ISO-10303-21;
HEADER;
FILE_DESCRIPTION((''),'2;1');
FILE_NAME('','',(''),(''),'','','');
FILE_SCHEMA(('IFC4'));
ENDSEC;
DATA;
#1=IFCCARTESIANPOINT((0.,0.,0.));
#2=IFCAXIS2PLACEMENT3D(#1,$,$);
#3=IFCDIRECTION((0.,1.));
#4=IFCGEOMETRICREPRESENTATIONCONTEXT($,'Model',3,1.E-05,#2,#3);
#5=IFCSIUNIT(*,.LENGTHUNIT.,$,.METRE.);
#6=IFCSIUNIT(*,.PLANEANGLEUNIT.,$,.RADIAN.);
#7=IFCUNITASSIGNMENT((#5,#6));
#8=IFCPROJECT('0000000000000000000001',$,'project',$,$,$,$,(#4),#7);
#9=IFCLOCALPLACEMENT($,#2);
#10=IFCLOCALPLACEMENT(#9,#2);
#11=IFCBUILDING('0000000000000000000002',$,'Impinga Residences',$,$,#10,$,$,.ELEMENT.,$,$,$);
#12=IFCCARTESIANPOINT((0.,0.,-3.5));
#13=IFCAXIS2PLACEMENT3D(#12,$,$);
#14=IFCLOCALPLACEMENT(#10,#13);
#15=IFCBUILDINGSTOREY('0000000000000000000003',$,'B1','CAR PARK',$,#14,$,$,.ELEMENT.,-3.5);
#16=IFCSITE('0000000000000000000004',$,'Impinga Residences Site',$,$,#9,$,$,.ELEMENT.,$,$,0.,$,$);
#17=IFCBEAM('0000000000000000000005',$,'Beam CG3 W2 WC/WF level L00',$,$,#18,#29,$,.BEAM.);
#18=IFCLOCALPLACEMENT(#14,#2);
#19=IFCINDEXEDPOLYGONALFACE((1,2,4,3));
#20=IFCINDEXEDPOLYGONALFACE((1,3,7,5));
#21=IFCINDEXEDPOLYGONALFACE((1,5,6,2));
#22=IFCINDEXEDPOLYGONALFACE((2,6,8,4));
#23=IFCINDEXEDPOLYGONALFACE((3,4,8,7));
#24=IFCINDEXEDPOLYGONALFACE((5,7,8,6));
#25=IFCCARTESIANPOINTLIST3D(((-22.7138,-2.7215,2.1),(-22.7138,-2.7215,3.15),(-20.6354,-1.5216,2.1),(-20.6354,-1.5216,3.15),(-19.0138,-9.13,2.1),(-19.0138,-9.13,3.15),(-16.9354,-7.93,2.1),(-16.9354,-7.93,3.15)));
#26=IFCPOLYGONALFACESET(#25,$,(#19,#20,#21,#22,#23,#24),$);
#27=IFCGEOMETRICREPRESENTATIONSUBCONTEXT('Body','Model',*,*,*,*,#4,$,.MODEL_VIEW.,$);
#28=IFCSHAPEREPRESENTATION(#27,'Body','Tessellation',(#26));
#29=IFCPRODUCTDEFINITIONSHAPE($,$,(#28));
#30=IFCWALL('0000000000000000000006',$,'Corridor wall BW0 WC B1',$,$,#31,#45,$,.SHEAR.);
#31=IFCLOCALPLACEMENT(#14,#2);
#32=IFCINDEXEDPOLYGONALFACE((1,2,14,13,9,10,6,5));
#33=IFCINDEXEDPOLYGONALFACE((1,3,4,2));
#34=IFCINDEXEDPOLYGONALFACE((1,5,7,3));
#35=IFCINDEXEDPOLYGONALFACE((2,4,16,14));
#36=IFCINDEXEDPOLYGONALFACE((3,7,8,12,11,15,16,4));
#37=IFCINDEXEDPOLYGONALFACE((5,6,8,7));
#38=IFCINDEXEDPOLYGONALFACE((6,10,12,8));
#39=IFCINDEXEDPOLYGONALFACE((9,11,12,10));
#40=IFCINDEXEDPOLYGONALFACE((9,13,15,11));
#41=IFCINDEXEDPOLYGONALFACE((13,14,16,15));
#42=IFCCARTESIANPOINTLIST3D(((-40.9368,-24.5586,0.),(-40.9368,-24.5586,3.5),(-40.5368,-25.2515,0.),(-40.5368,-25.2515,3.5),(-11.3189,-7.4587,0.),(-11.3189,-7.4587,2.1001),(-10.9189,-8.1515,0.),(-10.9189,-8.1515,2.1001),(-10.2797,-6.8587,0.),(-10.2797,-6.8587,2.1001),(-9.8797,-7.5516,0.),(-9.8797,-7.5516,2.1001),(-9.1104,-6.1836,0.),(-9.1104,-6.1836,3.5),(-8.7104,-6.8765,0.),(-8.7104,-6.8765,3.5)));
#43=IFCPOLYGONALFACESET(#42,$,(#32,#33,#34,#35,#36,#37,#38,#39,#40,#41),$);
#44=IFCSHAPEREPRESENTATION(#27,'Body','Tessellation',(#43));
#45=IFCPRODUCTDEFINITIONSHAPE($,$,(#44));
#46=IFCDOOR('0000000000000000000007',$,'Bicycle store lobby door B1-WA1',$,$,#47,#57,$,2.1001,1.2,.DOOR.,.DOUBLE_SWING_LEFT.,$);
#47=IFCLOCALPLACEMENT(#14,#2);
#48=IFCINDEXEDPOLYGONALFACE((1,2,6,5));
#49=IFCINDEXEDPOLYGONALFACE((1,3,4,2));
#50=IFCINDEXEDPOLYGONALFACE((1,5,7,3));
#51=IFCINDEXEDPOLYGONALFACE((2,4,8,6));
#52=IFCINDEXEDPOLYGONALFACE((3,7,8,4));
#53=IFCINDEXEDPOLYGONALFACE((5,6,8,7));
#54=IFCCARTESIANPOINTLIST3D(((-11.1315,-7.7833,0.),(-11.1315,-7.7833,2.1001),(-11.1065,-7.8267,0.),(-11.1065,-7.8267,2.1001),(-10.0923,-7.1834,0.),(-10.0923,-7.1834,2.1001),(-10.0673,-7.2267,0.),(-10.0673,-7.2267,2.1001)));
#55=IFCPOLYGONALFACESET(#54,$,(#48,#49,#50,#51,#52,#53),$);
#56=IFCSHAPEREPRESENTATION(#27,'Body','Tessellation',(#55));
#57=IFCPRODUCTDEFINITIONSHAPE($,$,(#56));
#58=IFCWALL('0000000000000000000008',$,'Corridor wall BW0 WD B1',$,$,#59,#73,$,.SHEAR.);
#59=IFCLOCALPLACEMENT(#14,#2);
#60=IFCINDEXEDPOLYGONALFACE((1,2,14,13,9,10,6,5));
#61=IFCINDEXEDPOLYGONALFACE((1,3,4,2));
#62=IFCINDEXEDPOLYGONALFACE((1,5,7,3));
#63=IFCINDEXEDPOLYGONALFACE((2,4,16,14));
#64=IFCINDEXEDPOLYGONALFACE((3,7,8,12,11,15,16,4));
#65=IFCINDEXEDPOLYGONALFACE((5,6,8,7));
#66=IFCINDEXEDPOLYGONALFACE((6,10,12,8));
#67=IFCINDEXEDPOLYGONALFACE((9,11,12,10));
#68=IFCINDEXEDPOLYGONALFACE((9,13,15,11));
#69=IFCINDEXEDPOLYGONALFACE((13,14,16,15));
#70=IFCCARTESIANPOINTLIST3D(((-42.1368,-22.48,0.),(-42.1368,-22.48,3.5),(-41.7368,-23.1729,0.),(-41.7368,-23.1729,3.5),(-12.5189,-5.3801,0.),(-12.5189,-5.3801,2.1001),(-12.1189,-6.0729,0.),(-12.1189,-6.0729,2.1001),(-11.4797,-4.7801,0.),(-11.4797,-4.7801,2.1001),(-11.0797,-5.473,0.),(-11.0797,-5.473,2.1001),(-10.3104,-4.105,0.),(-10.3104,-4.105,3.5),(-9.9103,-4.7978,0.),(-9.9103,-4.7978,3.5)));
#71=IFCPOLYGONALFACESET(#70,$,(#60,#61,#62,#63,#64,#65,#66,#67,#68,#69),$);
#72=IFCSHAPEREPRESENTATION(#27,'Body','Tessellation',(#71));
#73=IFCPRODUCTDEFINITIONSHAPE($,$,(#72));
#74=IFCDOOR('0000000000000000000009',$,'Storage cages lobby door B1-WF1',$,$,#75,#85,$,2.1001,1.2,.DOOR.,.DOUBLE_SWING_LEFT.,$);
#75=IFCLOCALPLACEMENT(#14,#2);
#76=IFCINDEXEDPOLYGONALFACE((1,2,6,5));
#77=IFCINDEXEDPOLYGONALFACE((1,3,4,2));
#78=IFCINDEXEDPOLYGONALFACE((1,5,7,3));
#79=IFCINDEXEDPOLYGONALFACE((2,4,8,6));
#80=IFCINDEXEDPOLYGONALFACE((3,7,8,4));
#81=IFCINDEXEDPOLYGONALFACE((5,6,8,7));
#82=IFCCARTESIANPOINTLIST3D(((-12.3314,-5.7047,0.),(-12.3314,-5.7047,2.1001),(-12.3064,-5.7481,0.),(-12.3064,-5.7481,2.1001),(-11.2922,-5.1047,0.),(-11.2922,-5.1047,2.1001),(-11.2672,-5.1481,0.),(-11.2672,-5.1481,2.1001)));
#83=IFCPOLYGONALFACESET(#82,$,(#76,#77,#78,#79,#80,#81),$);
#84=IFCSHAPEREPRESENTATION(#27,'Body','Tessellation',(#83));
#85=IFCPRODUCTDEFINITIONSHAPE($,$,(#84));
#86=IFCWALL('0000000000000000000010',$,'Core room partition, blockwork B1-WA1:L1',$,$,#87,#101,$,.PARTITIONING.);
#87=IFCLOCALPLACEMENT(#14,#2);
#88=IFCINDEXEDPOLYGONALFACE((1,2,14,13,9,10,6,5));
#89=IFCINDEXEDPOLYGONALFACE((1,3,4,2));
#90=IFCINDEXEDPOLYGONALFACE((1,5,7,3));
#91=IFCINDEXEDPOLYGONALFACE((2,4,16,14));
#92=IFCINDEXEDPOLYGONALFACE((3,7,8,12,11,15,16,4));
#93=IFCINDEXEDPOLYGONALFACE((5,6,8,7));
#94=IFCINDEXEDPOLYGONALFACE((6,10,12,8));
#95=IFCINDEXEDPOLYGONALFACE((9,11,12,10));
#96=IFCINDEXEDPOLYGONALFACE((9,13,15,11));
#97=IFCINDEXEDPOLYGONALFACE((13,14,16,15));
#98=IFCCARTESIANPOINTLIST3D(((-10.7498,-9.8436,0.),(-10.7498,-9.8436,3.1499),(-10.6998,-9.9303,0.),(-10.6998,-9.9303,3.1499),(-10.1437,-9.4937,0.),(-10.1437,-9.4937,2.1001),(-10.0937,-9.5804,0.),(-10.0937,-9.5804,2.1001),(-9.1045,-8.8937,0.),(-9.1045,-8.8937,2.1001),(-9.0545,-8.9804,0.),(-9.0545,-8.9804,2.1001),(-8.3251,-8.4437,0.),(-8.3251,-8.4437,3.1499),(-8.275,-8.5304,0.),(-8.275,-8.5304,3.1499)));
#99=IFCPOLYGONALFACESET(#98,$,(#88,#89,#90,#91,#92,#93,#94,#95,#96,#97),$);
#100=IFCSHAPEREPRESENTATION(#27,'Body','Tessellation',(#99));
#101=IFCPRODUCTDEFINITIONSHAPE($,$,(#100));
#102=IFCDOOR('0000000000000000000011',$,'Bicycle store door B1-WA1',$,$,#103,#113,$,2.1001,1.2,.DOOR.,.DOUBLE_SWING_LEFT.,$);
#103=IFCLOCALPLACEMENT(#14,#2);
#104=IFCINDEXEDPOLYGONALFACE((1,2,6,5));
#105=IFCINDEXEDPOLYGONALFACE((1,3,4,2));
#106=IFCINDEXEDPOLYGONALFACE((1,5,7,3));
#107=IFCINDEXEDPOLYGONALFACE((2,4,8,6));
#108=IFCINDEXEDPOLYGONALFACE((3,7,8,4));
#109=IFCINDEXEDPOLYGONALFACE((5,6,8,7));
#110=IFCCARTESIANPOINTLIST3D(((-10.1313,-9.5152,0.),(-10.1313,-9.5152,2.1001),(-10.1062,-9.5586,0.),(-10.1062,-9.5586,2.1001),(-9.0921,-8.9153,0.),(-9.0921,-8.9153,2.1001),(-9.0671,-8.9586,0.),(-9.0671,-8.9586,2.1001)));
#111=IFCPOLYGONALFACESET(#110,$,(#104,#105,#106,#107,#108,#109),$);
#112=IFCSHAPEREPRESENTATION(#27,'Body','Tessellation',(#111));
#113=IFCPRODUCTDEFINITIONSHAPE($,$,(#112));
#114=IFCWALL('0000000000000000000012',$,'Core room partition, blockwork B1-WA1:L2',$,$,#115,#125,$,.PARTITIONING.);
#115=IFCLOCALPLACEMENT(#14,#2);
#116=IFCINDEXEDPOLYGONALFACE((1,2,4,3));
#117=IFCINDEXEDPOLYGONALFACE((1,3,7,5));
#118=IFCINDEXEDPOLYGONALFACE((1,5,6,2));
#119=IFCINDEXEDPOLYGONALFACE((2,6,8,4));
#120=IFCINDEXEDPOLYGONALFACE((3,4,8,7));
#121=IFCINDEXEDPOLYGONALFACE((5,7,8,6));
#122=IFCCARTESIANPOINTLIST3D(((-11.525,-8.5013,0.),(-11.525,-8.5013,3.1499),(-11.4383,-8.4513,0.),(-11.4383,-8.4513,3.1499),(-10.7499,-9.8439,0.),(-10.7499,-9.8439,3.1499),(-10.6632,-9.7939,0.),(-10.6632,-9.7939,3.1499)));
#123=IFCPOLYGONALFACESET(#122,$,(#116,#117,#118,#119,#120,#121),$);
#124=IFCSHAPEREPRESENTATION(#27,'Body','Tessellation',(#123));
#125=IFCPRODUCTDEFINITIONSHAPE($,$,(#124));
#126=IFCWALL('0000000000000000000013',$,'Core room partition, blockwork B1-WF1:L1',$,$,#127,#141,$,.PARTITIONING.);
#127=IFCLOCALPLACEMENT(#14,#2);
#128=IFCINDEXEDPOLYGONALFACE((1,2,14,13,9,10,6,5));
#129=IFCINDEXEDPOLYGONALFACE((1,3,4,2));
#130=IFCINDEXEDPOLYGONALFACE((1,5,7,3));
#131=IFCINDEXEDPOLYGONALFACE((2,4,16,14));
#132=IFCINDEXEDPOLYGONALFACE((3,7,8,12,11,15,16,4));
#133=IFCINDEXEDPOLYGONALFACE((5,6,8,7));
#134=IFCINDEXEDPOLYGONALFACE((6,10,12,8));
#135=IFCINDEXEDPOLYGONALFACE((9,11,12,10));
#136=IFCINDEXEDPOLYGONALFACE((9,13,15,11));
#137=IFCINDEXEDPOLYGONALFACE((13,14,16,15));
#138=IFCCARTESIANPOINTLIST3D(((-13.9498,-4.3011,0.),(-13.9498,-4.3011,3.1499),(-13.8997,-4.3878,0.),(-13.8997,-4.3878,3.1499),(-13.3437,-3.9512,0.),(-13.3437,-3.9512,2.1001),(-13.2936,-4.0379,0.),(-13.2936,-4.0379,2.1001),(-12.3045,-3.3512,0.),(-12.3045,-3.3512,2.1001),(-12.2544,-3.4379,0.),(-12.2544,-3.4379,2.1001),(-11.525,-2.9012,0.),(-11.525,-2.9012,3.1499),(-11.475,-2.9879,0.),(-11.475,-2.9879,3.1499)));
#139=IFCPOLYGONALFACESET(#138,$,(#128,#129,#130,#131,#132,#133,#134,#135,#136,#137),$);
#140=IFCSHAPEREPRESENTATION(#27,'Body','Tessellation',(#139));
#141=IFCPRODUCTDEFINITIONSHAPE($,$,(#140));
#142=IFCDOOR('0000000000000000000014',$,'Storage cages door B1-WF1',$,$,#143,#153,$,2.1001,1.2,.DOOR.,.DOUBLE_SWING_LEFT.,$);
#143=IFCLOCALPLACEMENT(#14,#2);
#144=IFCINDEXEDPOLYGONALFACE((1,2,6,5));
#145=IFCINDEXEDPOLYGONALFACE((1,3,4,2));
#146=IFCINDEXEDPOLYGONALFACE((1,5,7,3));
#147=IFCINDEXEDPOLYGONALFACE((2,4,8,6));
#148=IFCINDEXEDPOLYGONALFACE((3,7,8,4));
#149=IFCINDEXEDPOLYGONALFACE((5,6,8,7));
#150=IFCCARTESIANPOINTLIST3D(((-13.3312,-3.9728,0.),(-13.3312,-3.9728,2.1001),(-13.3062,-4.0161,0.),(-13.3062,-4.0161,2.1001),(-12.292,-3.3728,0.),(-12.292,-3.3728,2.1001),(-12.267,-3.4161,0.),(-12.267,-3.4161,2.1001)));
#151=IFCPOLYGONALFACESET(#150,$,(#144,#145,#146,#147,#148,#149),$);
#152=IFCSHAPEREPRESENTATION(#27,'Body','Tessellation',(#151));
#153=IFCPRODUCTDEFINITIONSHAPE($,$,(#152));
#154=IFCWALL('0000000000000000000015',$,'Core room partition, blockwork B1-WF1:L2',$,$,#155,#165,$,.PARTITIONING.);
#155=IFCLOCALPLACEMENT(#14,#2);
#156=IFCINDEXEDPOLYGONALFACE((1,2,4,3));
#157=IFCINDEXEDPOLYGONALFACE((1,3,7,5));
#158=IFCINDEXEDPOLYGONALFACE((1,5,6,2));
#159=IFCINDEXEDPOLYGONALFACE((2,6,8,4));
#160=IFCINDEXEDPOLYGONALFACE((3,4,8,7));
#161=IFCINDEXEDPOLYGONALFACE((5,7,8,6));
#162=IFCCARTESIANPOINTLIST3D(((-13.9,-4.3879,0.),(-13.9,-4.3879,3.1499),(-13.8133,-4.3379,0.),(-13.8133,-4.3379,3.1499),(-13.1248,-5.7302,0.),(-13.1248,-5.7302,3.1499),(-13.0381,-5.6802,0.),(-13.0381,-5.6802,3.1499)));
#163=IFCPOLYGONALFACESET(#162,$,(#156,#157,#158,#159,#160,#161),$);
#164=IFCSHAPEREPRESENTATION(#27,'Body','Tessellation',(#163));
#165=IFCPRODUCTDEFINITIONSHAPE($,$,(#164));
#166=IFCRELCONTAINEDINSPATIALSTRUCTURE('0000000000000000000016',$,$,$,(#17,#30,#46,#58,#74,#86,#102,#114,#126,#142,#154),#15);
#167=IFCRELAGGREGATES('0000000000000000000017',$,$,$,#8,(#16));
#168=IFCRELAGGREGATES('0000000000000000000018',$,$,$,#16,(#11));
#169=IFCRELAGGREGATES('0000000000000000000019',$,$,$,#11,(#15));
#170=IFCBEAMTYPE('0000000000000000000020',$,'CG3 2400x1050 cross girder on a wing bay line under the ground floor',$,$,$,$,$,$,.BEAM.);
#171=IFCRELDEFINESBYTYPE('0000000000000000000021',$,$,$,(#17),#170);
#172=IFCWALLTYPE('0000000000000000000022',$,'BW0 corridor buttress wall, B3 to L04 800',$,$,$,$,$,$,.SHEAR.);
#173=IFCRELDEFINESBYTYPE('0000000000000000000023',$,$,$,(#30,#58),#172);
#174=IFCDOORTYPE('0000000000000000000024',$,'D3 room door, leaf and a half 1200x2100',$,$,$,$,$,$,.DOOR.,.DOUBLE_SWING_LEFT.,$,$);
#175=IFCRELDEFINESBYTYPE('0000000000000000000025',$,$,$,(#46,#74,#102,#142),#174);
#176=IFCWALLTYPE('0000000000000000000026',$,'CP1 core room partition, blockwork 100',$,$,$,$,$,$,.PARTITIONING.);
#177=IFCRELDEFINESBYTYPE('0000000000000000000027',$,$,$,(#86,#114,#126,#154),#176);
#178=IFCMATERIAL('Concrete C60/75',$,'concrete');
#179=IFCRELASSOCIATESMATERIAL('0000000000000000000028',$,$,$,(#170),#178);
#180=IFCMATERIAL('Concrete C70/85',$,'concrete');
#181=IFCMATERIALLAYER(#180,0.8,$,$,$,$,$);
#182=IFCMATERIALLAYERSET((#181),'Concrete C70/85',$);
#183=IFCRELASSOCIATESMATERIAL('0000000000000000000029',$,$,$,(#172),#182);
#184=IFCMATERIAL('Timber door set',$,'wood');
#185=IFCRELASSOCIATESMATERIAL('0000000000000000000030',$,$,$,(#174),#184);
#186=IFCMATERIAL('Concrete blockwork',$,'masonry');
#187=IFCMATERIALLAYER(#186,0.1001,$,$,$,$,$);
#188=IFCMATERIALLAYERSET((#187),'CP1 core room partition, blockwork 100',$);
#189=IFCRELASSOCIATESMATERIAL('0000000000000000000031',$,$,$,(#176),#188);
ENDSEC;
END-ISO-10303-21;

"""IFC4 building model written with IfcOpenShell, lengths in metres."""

from ifc_helpers import new_model, si_unit, direction, frame, frame_2d, origin, origin_2d, place, context, subcontext, project, spatial, rectangle, extrude, material, layer, layer_set, material_profile, profile_set, type_object, element, fill, save


model = new_model("IFC4")

# Units and contexts
model_context = context("Model", 3, precision=1e-05, world=origin(), true_north=direction((0.0, 1.0)))
body_context = subcontext(model_context, "Body", "Model", "MODEL_VIEW")
ifc_project = project(units=[si_unit("LENGTHUNIT", "METRE"), si_unit("PLANEANGLEUNIT", "RADIAN")], contexts=[model_context])

# Site, building, storey
site_placement = place(None, origin())
site = spatial("IfcSite", under=ifc_project, at=site_placement, Name="Impinga Residences Site", CompositionType="ELEMENT", RefElevation=0.0)
building_placement = place(site_placement, origin())
building = spatial("IfcBuilding", under=site, at=building_placement, Name="Impinga Residences", CompositionType="ELEMENT")
storey_placement = place(building_placement, frame((0.0, 0.0, -3.5)))
storey = spatial("IfcBuildingStorey", under=building, at=storey_placement, Name="B1", Description="CAR PARK", CompositionType="ELEMENT", Elevation=-3.5)

# Beam
ifc_material_1 = material(Name="Concrete C60/75", Category="concrete")
ifc_material_profile = material_profile(ifc_material_1, rectangle(XDim=2.3999, YDim=1.05, at=origin_2d()), Name="RC 2400x1050")
ifc_profile_set = profile_set([ifc_material_profile], Name="Concrete C60/75")
beam_type = type_object("IfcBeamType", Name="CG3 2400x1050 cross girder on a wing bay line under the ground floor", PredefinedType="BEAM", material=ifc_profile_set)
beam_placement = place(storey_placement, frame((-17.9746, -8.53, 2.625), z_axis=(-0.500003, 0.866024, 0.0), x_axis=(-0.866024, -0.500003, 0.0)))
element("IfcBeam", 1, at=beam_placement, inside=storey, type_object=beam_type, Name="Beam CG3 W2 WC/WF level L00", PredefinedType="BEAM", context=body_context, shape_type="SweptSolid", body=[
    extrude(rectangle(XDim=2.3999, YDim=1.05, at=origin_2d()), origin(), (0.0, 0.0, 1.0), 7.3999),
])

# Walls, openings, doors
ifc_material_2 = material(Name="Concrete C70/85", Category="concrete")
ifc_layer_1 = layer(ifc_material_2, 0.8)
ifc_layer_set_1 = layer_set([ifc_layer_1], Name="Concrete C70/85")
wall_type_1 = type_object("IfcWallType", Name="BW0 corridor buttress wall, B3 to L04 800", PredefinedType="SHEAR", material=ifc_layer_set_1)
wall_1_placement = place(storey_placement, frame((-8.9104, -6.53, 0.0), z_axis=(0.0, 0.0, 1.0), x_axis=(-0.866025, -0.5, 0.0)))
wall_1 = element("IfcWall", 2, at=wall_1_placement, inside=storey, type_object=wall_type_1, Name="Corridor wall BW0 WC B1", PredefinedType="SHEAR", context=body_context, shape_type="SweptSolid", body=[
    extrude(rectangle(XDim=36.75, YDim=0.8, at=frame_2d((18.375, 0.0))), origin(), (0.0, 0.0, 1.0), 3.5),
])
opening_1_placement = place(wall_1_placement, frame((1.3501, 0.0, 0.0)))
opening_1 = element("IfcOpeningElement", 3, at=opening_1_placement, cuts=wall_1, PredefinedType="OPENING", context=body_context, shape_type="SweptSolid", body=[
    extrude(rectangle(XDim=1.2, YDim=2.1001, at=frame_2d((0.6001, 1.05))), frame((0.0, 0.4099, 0.0), z_axis=(0.0, -1.0, 0.0), x_axis=(1.0, 0.0, 0.0)), (0.0, 0.0, 1.0), 0.8201),
])
ifc_material_3 = material(Name="Timber door set", Category="wood")
door_type_1 = type_object("IfcDoorType", Name="D3 room door, leaf and a half 1200x2100", OperationType="DOUBLE_SWING_LEFT", PredefinedType="DOOR", material=ifc_material_3)
door_1_placement = place(opening_1_placement, origin())
door_1 = element("IfcDoor", 4, at=door_1_placement, inside=storey, type_object=door_type_1, Name="Bicycle store lobby door B1-WA1", OperationType="DOUBLE_SWING_LEFT", OverallHeight=2.1001, OverallWidth=1.2, PredefinedType="DOOR", context=body_context, shape_type="SweptSolid", body=[
    extrude(rectangle(XDim=1.2, YDim=2.1001, at=frame_2d((0.6001, 1.05))), frame((0.0, 0.0249, 0.0), z_axis=(0.0, -1.0, 0.0), x_axis=(1.0, 0.0, 0.0)), (0.0, 0.0, 1.0), 0.05),
])
fill(opening_1, door_1)
wall_2_placement = place(storey_placement, frame((-10.1104, -4.4514, 0.0), z_axis=(0.0, 0.0, 1.0), x_axis=(-0.866025, -0.5, 0.0)))
wall_2 = element("IfcWall", 5, at=wall_2_placement, inside=storey, type_object=wall_type_1, Name="Corridor wall BW0 WD B1", PredefinedType="SHEAR", context=body_context, shape_type="SweptSolid", body=[
    extrude(rectangle(XDim=36.75, YDim=0.8, at=frame_2d((18.375, 0.0))), origin(), (0.0, 0.0, 1.0), 3.5),
])
opening_2_placement = place(wall_2_placement, frame((1.3501, 0.0, 0.0)))
opening_2 = element("IfcOpeningElement", 6, at=opening_2_placement, cuts=wall_2, PredefinedType="OPENING", context=body_context, shape_type="SweptSolid", body=[
    extrude(rectangle(XDim=1.2, YDim=2.1001, at=frame_2d((0.6001, 1.05))), frame((0.0, 0.4099, 0.0), z_axis=(0.0, -1.0, 0.0), x_axis=(1.0, 0.0, 0.0)), (0.0, 0.0, 1.0), 0.8201),
])
door_2_placement = place(opening_2_placement, origin())
door_2 = element("IfcDoor", 7, at=door_2_placement, inside=storey, type_object=door_type_1, Name="Storage cages lobby door B1-WF1", OperationType="DOUBLE_SWING_LEFT", OverallHeight=2.1001, OverallWidth=1.2, PredefinedType="DOOR", context=body_context, shape_type="SweptSolid", body=[
    extrude(rectangle(XDim=1.2, YDim=2.1001, at=frame_2d((0.6001, 1.05))), frame((0.0, 0.0249, 0.0), z_axis=(0.0, -1.0, 0.0), x_axis=(1.0, 0.0, 0.0)), (0.0, 0.0, 1.0), 0.05),
])
fill(opening_2, door_2)
ifc_material_4 = material(Name="Concrete blockwork", Category="masonry")
ifc_layer_2 = layer(ifc_material_4, 0.1001)
ifc_layer_set_2 = layer_set([ifc_layer_2], Name="CP1 core room partition, blockwork 100")
wall_type_2 = type_object("IfcWallType", Name="CP1 core room partition, blockwork 100", PredefinedType="PARTITIONING", material=ifc_layer_set_2)
wall_3_placement = place(storey_placement, frame((-8.3, -8.4871, 0.0), z_axis=(0.0, 0.0, 1.0), x_axis=(-0.866035, -0.499984, 0.0)))
wall_3 = element("IfcWall", 8, at=wall_3_placement, inside=storey, type_object=wall_type_2, Name="Core room partition, blockwork B1-WA1:L1", PredefinedType="PARTITIONING", context=body_context, shape_type="SweptSolid", body=[
    extrude(rectangle(XDim=2.7998, YDim=0.1001, at=frame_2d((1.3999, 0.0))), origin(), (0.0, 0.0, 1.0), 3.1499),
])
opening_3_placement = place(wall_3_placement, frame((0.8999, 0.0, 0.0)))
opening_3 = element("IfcOpeningElement", 9, at=opening_3_placement, cuts=wall_3, PredefinedType="OPENING", context=body_context, shape_type="SweptSolid", body=[
    extrude(rectangle(XDim=1.2, YDim=2.1001, at=frame_2d((0.6001, 1.05))), frame((0.0, 0.0601, 0.0), z_axis=(0.0, -1.0, 0.0), x_axis=(1.0, 0.0, 0.0)), (0.0, 0.0, 1.0), 0.1201),
])
door_3_placement = place(opening_3_placement, origin())
door_3 = element("IfcDoor", 10, at=door_3_placement, inside=storey, type_object=door_type_1, Name="Bicycle store door B1-WA1", OperationType="DOUBLE_SWING_LEFT", OverallHeight=2.1001, OverallWidth=1.2, PredefinedType="DOOR", context=body_context, shape_type="SweptSolid", body=[
    extrude(rectangle(XDim=1.2, YDim=2.1001, at=frame_2d((0.6001, 1.05))), frame((0.0, 0.0249, 0.0), z_axis=(0.0, -1.0, 0.0), x_axis=(1.0, 0.0, 0.0)), (0.0, 0.0, 1.0), 0.05),
])
fill(opening_3, door_3)

# Wall
wall_4_placement = place(storey_placement, frame((-11.4817, -8.4763, 0.0), z_axis=(0.0, 0.0, 1.0), x_axis=(0.500018, -0.866015, 0.0)))
element("IfcWall", 11, at=wall_4_placement, inside=storey, type_object=wall_type_2, Name="Core room partition, blockwork B1-WA1:L2", PredefinedType="PARTITIONING", context=body_context, shape_type="SweptSolid", body=[
    extrude(rectangle(XDim=1.5503, YDim=0.1001, at=frame_2d((0.7751, 0.0))), origin(), (0.0, 0.0, 1.0), 3.1499),
])

# Wall, opening, door
wall_5_placement = place(storey_placement, frame((-11.5, -2.9446, 0.0), z_axis=(0.0, 0.0, 1.0), x_axis=(-0.866035, -0.499984, 0.0)))
wall_5 = element("IfcWall", 12, at=wall_5_placement, inside=storey, type_object=wall_type_2, Name="Core room partition, blockwork B1-WF1:L1", PredefinedType="PARTITIONING", context=body_context, shape_type="SweptSolid", body=[
    extrude(rectangle(XDim=2.7998, YDim=0.1001, at=frame_2d((1.3999, 0.0))), origin(), (0.0, 0.0, 1.0), 3.1499),
])
opening_4_placement = place(wall_5_placement, frame((0.8999, 0.0, 0.0)))
opening_4 = element("IfcOpeningElement", 13, at=opening_4_placement, cuts=wall_5, PredefinedType="OPENING", context=body_context, shape_type="SweptSolid", body=[
    extrude(rectangle(XDim=1.2, YDim=2.1001, at=frame_2d((0.6001, 1.05))), frame((0.0, 0.0601, 0.0), z_axis=(0.0, -1.0, 0.0), x_axis=(1.0, 0.0, 0.0)), (0.0, 0.0, 1.0), 0.1201),
])
door_4_placement = place(opening_4_placement, origin())
door_4 = element("IfcDoor", 14, at=door_4_placement, inside=storey, type_object=door_type_1, Name="Storage cages door B1-WF1", OperationType="DOUBLE_SWING_LEFT", OverallHeight=2.1001, OverallWidth=1.2, PredefinedType="DOOR", context=body_context, shape_type="SweptSolid", body=[
    extrude(rectangle(XDim=1.2, YDim=2.1001, at=frame_2d((0.6001, 1.05))), frame((0.0, 0.0249, 0.0), z_axis=(0.0, -1.0, 0.0), x_axis=(1.0, 0.0, 0.0)), (0.0, 0.0, 1.0), 0.05),
])
fill(opening_4, door_4)

# Wall
wall_6_placement = place(storey_placement, frame((-13.0815, -5.7051, 0.0), z_axis=(0.0, 0.0, 1.0), x_axis=(-0.500086, 0.865976, 0.0)))
element("IfcWall", 15, at=wall_6_placement, inside=storey, type_object=wall_type_2, Name="Core room partition, blockwork B1-WF1:L2", PredefinedType="PARTITIONING", context=body_context, shape_type="SweptSolid", body=[
    extrude(rectangle(XDim=1.55, YDim=0.1001, at=frame_2d((0.7749, 0.0))), origin(), (0.0, 0.0, 1.0), 3.1499),
])

save(model, "model.ifc")
